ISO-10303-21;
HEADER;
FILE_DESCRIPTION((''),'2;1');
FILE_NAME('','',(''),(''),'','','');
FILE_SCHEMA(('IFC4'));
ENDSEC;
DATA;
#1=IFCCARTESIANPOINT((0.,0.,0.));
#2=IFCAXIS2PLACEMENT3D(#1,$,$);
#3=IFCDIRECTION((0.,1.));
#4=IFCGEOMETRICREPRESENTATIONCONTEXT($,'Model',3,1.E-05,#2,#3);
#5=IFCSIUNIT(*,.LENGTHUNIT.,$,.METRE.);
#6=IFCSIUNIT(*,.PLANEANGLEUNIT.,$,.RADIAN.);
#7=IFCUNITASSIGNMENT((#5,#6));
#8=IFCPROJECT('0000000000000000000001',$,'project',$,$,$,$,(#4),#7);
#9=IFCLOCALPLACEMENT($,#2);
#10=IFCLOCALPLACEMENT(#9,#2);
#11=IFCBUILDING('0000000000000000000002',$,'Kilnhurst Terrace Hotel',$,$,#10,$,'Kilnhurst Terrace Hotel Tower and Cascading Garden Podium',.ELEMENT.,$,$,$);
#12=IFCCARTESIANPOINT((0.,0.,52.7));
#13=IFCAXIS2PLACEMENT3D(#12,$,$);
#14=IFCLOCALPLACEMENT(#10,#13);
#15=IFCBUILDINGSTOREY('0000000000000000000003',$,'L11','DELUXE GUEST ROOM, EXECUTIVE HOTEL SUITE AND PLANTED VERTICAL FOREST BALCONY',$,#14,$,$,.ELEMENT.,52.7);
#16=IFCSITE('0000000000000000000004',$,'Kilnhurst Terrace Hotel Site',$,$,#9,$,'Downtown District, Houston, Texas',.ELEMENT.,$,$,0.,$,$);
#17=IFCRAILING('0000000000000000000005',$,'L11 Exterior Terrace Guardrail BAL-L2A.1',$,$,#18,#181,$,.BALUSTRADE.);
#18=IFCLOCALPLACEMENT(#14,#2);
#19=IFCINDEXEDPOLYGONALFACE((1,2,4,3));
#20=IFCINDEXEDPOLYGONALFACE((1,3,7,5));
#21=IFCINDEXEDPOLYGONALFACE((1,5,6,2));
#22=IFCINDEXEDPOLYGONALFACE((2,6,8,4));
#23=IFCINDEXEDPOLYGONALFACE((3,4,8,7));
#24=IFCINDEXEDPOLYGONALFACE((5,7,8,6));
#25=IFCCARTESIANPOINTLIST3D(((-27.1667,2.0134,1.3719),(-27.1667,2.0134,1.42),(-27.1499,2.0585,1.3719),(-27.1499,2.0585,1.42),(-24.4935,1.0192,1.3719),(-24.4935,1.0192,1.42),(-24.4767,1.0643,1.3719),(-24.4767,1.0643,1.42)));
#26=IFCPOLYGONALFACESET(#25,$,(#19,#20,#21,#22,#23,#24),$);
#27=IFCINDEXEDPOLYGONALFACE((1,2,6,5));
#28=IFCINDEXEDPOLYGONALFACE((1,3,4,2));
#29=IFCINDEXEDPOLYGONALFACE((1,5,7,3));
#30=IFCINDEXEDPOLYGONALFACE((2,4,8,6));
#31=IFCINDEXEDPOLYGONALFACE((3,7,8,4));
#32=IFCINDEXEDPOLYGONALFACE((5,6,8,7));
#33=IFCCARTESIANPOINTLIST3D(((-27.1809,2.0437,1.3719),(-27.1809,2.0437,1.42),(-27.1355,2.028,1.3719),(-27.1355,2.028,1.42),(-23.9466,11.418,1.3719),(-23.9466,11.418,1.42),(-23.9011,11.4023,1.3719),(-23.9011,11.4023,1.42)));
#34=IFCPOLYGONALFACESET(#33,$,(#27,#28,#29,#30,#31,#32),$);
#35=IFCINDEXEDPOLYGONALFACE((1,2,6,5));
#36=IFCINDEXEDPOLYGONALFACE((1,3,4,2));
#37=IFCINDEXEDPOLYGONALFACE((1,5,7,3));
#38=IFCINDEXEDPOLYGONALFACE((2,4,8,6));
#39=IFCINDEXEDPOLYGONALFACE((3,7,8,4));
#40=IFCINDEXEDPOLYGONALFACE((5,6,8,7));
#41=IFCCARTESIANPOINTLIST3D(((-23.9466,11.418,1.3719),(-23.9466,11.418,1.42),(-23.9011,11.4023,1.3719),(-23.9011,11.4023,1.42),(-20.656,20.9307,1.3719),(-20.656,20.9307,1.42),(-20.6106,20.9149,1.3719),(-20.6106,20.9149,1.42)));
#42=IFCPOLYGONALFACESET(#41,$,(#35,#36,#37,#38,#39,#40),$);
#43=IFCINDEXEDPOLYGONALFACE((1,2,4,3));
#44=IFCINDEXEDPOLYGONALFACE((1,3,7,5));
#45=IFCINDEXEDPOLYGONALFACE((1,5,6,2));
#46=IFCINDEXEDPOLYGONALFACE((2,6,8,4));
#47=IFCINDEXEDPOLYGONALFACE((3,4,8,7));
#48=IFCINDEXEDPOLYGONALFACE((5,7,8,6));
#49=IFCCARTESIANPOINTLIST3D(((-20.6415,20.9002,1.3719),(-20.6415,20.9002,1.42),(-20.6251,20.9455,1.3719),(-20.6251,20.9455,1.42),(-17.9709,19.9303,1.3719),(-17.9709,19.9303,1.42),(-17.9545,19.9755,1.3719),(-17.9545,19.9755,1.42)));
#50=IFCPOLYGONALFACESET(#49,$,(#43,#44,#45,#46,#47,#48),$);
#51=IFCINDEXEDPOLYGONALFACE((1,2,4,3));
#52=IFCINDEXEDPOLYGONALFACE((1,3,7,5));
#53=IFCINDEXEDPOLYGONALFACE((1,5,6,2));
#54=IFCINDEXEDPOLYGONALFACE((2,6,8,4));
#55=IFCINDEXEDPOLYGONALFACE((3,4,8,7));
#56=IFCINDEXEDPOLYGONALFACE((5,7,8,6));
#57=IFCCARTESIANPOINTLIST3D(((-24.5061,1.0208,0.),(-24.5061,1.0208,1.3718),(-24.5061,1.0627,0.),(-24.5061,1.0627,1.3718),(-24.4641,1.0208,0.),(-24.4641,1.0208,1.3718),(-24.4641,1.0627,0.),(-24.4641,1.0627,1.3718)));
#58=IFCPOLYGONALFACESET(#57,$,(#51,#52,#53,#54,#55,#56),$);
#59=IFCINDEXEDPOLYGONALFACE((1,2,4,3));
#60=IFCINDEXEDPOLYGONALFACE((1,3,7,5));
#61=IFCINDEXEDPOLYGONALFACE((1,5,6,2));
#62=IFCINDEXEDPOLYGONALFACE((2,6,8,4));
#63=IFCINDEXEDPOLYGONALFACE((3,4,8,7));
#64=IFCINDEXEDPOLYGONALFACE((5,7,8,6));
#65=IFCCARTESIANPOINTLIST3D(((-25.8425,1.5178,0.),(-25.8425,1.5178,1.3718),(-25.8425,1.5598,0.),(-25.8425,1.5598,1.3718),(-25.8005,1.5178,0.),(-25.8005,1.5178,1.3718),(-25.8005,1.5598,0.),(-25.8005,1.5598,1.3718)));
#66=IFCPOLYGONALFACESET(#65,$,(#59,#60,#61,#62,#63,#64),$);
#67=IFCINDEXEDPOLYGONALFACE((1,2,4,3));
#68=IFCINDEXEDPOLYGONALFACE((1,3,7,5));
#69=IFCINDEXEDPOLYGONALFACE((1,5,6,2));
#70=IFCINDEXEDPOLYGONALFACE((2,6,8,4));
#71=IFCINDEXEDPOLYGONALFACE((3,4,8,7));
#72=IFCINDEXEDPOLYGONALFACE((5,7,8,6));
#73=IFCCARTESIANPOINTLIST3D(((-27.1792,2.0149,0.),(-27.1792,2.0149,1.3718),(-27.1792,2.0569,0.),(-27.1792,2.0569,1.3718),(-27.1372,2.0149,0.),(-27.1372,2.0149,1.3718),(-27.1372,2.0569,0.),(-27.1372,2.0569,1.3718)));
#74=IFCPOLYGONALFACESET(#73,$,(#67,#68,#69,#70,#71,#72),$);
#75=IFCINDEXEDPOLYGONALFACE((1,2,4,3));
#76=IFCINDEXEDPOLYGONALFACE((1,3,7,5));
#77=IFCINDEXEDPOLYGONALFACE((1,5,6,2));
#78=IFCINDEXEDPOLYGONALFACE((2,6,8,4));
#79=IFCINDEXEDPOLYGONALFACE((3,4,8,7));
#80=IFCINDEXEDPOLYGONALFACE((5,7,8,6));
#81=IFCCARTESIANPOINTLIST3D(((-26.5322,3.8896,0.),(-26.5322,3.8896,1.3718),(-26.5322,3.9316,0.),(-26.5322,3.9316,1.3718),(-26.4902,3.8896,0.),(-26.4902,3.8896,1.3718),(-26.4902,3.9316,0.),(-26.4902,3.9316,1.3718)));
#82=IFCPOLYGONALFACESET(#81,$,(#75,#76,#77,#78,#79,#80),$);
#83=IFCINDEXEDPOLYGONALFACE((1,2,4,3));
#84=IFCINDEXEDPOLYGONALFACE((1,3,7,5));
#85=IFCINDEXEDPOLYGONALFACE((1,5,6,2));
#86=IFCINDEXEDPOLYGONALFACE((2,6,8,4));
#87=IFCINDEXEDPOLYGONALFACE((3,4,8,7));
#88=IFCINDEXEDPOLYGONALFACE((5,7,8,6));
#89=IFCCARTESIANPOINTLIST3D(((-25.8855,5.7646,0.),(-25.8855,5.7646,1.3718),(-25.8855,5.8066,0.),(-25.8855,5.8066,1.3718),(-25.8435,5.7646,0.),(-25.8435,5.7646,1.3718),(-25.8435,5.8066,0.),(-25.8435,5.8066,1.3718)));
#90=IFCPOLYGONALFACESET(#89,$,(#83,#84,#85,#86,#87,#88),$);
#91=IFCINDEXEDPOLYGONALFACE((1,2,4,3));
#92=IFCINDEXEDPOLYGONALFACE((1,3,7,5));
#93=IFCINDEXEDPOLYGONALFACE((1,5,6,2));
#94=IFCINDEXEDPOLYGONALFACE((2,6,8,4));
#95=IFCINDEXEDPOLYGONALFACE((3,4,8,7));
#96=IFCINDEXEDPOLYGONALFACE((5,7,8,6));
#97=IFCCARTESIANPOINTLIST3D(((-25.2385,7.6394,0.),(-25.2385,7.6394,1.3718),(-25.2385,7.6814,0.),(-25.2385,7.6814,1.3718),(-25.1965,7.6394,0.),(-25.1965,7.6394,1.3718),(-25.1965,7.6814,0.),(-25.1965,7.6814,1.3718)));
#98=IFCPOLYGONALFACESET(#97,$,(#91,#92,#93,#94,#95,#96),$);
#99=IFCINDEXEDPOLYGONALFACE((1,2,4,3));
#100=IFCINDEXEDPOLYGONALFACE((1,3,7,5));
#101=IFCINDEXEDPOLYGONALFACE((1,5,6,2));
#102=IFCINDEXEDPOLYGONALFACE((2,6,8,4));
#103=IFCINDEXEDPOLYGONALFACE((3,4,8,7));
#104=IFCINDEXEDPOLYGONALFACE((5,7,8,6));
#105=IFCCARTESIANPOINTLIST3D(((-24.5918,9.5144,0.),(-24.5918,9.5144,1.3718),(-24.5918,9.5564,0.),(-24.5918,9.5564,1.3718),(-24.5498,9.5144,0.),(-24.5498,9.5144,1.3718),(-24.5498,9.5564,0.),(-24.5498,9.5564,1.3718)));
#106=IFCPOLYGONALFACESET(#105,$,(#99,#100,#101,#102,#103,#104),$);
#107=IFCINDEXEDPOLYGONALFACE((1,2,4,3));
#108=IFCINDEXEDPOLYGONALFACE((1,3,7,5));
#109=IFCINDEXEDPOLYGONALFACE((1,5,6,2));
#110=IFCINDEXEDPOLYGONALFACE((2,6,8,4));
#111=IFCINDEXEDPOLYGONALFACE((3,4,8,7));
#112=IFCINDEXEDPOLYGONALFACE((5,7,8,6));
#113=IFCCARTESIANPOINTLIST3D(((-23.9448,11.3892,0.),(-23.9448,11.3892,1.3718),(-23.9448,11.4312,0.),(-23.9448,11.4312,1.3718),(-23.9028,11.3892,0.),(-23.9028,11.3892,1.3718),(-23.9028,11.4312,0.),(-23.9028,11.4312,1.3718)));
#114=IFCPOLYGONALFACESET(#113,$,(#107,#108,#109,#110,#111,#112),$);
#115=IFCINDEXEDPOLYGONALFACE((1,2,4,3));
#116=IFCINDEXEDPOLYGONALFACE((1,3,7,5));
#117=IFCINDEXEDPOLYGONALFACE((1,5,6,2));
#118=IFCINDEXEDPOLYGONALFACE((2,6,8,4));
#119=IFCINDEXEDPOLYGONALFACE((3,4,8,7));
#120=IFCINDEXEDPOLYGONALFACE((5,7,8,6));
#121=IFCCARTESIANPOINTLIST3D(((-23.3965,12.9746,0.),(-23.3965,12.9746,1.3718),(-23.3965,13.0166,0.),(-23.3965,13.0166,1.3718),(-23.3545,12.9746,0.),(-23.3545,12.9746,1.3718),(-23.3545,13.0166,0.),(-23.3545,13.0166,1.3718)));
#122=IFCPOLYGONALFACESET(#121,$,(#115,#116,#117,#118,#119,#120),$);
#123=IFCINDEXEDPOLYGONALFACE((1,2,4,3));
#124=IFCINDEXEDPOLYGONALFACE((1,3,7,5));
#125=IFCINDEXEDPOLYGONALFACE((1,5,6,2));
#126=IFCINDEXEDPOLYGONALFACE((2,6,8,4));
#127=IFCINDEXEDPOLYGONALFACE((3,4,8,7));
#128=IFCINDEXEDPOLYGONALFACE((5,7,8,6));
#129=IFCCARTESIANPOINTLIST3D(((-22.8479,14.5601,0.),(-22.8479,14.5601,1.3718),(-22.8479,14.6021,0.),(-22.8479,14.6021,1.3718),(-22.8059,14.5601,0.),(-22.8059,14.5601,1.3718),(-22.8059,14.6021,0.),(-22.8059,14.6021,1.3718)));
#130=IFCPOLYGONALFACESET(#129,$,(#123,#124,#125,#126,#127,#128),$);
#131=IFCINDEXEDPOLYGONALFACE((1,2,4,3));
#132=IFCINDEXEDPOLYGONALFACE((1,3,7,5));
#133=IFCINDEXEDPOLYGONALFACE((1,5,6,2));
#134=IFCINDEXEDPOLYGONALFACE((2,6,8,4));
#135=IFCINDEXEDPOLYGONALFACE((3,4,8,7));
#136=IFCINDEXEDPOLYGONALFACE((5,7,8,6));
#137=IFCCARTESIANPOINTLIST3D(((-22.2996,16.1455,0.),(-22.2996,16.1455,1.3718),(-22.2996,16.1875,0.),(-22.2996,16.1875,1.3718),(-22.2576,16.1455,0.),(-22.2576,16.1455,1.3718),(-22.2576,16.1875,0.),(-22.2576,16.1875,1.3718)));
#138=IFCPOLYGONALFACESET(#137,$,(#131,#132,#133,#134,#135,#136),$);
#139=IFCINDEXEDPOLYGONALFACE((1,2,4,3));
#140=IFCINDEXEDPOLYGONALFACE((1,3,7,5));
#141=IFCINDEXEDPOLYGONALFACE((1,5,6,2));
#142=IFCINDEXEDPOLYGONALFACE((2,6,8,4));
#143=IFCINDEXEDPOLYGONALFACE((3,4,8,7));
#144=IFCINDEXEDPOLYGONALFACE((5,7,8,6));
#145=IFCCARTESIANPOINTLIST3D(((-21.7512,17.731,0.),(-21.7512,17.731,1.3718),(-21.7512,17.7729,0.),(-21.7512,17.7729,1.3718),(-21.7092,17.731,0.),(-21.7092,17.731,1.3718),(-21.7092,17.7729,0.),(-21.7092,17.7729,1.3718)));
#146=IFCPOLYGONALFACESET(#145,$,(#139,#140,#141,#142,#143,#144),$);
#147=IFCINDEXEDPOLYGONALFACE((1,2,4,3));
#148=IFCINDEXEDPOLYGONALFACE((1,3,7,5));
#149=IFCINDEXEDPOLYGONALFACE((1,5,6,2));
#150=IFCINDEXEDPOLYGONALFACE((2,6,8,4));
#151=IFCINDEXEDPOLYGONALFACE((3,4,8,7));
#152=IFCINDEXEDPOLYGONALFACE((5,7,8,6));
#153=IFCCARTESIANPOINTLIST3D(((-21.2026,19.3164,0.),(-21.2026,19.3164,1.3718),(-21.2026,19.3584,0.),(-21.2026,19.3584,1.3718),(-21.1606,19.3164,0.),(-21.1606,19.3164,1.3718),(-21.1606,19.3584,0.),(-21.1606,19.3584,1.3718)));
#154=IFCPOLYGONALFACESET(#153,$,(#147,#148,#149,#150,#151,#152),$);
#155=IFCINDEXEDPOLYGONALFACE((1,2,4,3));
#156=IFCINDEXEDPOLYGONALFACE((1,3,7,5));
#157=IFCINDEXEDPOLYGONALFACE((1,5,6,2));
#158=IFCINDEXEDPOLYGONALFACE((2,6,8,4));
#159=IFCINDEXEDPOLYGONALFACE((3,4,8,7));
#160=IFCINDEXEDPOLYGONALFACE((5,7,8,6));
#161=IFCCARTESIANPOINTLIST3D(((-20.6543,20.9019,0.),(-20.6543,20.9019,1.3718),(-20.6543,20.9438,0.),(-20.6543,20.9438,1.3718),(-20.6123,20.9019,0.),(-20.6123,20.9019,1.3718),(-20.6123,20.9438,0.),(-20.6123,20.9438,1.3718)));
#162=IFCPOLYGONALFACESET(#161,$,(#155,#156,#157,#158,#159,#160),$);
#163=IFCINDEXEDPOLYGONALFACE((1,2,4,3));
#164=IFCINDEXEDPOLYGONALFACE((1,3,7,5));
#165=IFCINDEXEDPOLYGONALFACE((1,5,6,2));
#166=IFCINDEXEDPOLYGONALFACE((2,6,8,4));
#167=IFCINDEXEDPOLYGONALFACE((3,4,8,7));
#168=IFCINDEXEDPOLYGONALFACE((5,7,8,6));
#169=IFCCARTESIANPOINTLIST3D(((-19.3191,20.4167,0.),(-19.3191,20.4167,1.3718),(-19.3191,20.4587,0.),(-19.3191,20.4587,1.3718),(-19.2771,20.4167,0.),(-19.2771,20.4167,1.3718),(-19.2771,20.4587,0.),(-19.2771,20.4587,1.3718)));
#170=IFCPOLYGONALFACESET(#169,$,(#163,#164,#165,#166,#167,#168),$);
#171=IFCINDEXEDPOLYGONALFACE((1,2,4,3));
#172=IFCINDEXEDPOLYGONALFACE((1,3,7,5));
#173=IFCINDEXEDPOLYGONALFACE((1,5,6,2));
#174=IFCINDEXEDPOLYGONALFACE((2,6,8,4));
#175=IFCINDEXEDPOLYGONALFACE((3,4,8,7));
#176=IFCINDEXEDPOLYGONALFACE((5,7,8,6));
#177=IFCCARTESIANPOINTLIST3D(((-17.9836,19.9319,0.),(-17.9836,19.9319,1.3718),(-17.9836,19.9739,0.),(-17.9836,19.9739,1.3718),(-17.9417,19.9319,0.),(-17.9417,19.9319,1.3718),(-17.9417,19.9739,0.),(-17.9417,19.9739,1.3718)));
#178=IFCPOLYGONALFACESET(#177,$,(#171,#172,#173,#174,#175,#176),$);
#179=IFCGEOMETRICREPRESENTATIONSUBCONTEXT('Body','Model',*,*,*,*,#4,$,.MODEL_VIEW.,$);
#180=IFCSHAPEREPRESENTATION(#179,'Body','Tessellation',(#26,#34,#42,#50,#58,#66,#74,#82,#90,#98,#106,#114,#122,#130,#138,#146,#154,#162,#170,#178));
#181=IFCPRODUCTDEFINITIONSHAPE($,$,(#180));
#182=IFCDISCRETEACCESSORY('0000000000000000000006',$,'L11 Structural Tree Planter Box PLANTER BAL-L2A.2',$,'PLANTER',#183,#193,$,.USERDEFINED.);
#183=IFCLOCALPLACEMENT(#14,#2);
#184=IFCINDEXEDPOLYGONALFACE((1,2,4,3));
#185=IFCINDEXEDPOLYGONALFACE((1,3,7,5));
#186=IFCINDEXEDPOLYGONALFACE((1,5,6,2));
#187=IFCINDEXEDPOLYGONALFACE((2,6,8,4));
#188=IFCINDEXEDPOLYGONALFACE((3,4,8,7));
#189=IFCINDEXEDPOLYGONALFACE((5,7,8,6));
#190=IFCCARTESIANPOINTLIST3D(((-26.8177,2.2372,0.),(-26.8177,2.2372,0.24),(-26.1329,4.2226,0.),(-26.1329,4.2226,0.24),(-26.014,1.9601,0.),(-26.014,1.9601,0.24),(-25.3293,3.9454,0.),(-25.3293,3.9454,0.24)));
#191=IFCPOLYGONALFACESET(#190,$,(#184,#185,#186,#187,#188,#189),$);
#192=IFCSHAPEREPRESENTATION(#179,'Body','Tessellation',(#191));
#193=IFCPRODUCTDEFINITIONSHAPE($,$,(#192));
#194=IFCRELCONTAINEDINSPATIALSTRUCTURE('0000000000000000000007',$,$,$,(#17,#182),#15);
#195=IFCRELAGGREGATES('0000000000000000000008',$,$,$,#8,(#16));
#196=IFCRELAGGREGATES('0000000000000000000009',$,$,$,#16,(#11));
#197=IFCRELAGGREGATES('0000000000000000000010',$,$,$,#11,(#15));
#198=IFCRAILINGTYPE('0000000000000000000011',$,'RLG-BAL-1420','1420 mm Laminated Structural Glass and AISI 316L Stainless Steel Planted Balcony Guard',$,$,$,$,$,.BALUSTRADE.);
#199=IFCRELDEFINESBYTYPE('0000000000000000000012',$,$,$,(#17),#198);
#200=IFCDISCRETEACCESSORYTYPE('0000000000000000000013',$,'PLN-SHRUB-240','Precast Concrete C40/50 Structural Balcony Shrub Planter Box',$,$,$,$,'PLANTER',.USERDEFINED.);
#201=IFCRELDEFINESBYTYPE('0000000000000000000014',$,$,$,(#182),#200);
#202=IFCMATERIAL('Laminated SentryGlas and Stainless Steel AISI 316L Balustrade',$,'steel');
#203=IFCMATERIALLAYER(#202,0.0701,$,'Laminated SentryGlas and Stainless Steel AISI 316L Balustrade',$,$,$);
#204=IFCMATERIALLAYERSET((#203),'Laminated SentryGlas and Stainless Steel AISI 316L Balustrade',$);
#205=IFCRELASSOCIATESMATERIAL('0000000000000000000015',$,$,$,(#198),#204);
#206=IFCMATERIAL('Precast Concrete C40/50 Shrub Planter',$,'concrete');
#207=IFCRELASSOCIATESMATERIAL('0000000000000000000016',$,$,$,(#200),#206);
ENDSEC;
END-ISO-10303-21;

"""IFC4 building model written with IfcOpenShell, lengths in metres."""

from ifc_helpers import new_model, si_unit, direction, frame, origin, origin_2d, place, context, subcontext, project, spatial, rectangle, extrude, material, layer, layer_set, type_object, element, save


model = new_model("IFC4")

# Units and contexts
model_context = context("Model", 3, precision=1e-05, world=origin(), true_north=direction((0.0, 1.0)))
body_context = subcontext(model_context, "Body", "Model", "MODEL_VIEW")
ifc_project = project(units=[si_unit("LENGTHUNIT", "METRE"), si_unit("PLANEANGLEUNIT", "RADIAN")], contexts=[model_context])

# Site, building, storey
site_placement = place(None, origin())
site = spatial("IfcSite", under=ifc_project, at=site_placement, Name="Kilnhurst Terrace Hotel Site", LongName="Downtown District, Houston, Texas", CompositionType="ELEMENT", RefElevation=0.0)
building_placement = place(site_placement, origin())
building = spatial("IfcBuilding", under=site, at=building_placement, Name="Kilnhurst Terrace Hotel", LongName="Kilnhurst Terrace Hotel Tower and Cascading Garden Podium", CompositionType="ELEMENT")
storey_placement = place(building_placement, frame((0.0, 0.0, 52.7)))
storey = spatial("IfcBuildingStorey", under=building, at=storey_placement, Name="L11", Description="DELUXE GUEST ROOM, EXECUTIVE HOTEL SUITE AND PLANTED VERTICAL FOREST BALCONY", CompositionType="ELEMENT", Elevation=52.7)

# Railing
ifc_material_1 = material(Name="Laminated SentryGlas and Stainless Steel AISI 316L Balustrade", Category="steel")
ifc_layer_1 = layer(ifc_material_1, 0.0701, Name="Laminated SentryGlas and Stainless Steel AISI 316L Balustrade")
ifc_layer_set_1 = layer_set([ifc_layer_1], Name="Laminated SentryGlas and Stainless Steel AISI 316L Balustrade")
railing_type = type_object("IfcRailingType", Name="RLG-BAL-1420", Description="1420 mm Laminated Structural Glass and AISI 316L Stainless Steel Planted Balcony Guard", PredefinedType="BALUSTRADE", material=ifc_layer_set_1)
railing_placement = place(storey_placement, frame((-24.4851, 1.0417, 0.0)))
element("IfcRailing", 1, at=railing_placement, inside=storey, type_object=railing_type, Name="L11 Exterior Terrace Guardrail BAL-L2A.1", PredefinedType="BALUSTRADE", context=body_context, shape_type="SweptSolid", body=[
    extrude(rectangle(XDim=0.0481, YDim=0.0481, at=origin_2d()), frame((0.0, 0.0, 1.396), z_axis=(-0.937279, 0.34858, 0.0), x_axis=(-0.34858, -0.937279, 0.0)), (0.0, 0.0, 1.0), 2.8521),
    extrude(rectangle(XDim=0.0481, YDim=0.0481, at=origin_2d()), frame((-2.6731, 0.9941, 1.396), z_axis=(0.326159, 0.945315, 0.0), x_axis=(-0.945315, 0.326159, 0.0)), (0.0, 0.0, 1.0), 9.9165),
    extrude(rectangle(XDim=0.0481, YDim=0.0481, at=origin_2d()), frame((0.5613, 10.3684, 1.396), z_axis=(0.326904, 0.945058, 0.0), x_axis=(-0.945058, 0.326904, 0.0)), (0.0, 0.0, 1.0), 10.0657),
    extrude(rectangle(XDim=0.0481, YDim=0.0481, at=origin_2d()), frame((3.8518, 19.8811, 1.396), z_axis=(0.939926, -0.341377, 0.0), x_axis=(0.341377, 0.939926, 0.0)), (0.0, 0.0, 1.0), 2.8413),
    extrude(rectangle(XDim=0.042, YDim=0.042, at=origin_2d()), origin(), (0.0, 0.0, 1.0), 1.3718),
    extrude(rectangle(XDim=0.042, YDim=0.042, at=origin_2d()), frame((-1.3364, 0.4971, 0.0)), (0.0, 0.0, 1.0), 1.3718),
    extrude(rectangle(XDim=0.042, YDim=0.042, at=origin_2d()), frame((-2.6731, 0.9941, 0.0)), (0.0, 0.0, 1.0), 1.3718),
    extrude(rectangle(XDim=0.042, YDim=0.042, at=origin_2d()), frame((-2.0261, 2.8689, 0.0)), (0.0, 0.0, 1.0), 1.3718),
    extrude(rectangle(XDim=0.042, YDim=0.042, at=origin_2d()), frame((-1.3794, 4.7439, 0.0)), (0.0, 0.0, 1.0), 1.3718),
    extrude(rectangle(XDim=0.042, YDim=0.042, at=origin_2d()), frame((-0.7324, 6.6187, 0.0)), (0.0, 0.0, 1.0), 1.3718),
    extrude(rectangle(XDim=0.042, YDim=0.042, at=origin_2d()), frame((-0.0857, 8.4937, 0.0)), (0.0, 0.0, 1.0), 1.3718),
    extrude(rectangle(XDim=0.042, YDim=0.042, at=origin_2d()), frame((0.5613, 10.3684, 0.0)), (0.0, 0.0, 1.0), 1.3718),
    extrude(rectangle(XDim=0.042, YDim=0.042, at=origin_2d()), frame((1.1096, 11.9539, 0.0)), (0.0, 0.0, 1.0), 1.3718),
    extrude(rectangle(XDim=0.042, YDim=0.042, at=origin_2d()), frame((1.6582, 13.5393, 0.0)), (0.0, 0.0, 1.0), 1.3718),
    extrude(rectangle(XDim=0.042, YDim=0.042, at=origin_2d()), frame((2.2065, 15.1248, 0.0)), (0.0, 0.0, 1.0), 1.3718),
    extrude(rectangle(XDim=0.042, YDim=0.042, at=origin_2d()), frame((2.7549, 16.7102, 0.0)), (0.0, 0.0, 1.0), 1.3718),
    extrude(rectangle(XDim=0.042, YDim=0.042, at=origin_2d()), frame((3.3035, 18.2957, 0.0)), (0.0, 0.0, 1.0), 1.3718),
    extrude(rectangle(XDim=0.042, YDim=0.042, at=origin_2d()), frame((3.8518, 19.8811, 0.0)), (0.0, 0.0, 1.0), 1.3718),
    extrude(rectangle(XDim=0.042, YDim=0.042, at=origin_2d()), frame((5.187, 19.396, 0.0)), (0.0, 0.0, 1.0), 1.3718),
    extrude(rectangle(XDim=0.042, YDim=0.042, at=origin_2d()), frame((6.5225, 18.9111, 0.0)), (0.0, 0.0, 1.0), 1.3718),
])

# Discrete accessory
ifc_material_2 = material(Name="Precast Concrete C40/50 Shrub Planter", Category="concrete")
discrete_accessory_type = type_object("IfcDiscreteAccessoryType", Name="PLN-SHRUB-240", Description="Precast Concrete C40/50 Structural Balcony Shrub Planter Box", ElementType="PLANTER", PredefinedType="USERDEFINED", material=ifc_material_2)
discrete_accessory_placement = place(storey_placement, frame((-26.0735, 3.0913, 0.0), z_axis=(0.0, 0.0, 1.0), x_axis=(-0.326063, -0.945348, 0.0)))
element("IfcDiscreteAccessory", 2, at=discrete_accessory_placement, inside=storey, type_object=discrete_accessory_type, Name="L11 Structural Tree Planter Box PLANTER BAL-L2A.2", ObjectType="PLANTER", PredefinedType="USERDEFINED", context=body_context, shape_type="SweptSolid", body=[
    extrude(rectangle(XDim=2.1001, YDim=0.8501, at=origin_2d()), origin(), (0.0, 0.0, 1.0), 0.24),
])

save(model, "model.ifc")
